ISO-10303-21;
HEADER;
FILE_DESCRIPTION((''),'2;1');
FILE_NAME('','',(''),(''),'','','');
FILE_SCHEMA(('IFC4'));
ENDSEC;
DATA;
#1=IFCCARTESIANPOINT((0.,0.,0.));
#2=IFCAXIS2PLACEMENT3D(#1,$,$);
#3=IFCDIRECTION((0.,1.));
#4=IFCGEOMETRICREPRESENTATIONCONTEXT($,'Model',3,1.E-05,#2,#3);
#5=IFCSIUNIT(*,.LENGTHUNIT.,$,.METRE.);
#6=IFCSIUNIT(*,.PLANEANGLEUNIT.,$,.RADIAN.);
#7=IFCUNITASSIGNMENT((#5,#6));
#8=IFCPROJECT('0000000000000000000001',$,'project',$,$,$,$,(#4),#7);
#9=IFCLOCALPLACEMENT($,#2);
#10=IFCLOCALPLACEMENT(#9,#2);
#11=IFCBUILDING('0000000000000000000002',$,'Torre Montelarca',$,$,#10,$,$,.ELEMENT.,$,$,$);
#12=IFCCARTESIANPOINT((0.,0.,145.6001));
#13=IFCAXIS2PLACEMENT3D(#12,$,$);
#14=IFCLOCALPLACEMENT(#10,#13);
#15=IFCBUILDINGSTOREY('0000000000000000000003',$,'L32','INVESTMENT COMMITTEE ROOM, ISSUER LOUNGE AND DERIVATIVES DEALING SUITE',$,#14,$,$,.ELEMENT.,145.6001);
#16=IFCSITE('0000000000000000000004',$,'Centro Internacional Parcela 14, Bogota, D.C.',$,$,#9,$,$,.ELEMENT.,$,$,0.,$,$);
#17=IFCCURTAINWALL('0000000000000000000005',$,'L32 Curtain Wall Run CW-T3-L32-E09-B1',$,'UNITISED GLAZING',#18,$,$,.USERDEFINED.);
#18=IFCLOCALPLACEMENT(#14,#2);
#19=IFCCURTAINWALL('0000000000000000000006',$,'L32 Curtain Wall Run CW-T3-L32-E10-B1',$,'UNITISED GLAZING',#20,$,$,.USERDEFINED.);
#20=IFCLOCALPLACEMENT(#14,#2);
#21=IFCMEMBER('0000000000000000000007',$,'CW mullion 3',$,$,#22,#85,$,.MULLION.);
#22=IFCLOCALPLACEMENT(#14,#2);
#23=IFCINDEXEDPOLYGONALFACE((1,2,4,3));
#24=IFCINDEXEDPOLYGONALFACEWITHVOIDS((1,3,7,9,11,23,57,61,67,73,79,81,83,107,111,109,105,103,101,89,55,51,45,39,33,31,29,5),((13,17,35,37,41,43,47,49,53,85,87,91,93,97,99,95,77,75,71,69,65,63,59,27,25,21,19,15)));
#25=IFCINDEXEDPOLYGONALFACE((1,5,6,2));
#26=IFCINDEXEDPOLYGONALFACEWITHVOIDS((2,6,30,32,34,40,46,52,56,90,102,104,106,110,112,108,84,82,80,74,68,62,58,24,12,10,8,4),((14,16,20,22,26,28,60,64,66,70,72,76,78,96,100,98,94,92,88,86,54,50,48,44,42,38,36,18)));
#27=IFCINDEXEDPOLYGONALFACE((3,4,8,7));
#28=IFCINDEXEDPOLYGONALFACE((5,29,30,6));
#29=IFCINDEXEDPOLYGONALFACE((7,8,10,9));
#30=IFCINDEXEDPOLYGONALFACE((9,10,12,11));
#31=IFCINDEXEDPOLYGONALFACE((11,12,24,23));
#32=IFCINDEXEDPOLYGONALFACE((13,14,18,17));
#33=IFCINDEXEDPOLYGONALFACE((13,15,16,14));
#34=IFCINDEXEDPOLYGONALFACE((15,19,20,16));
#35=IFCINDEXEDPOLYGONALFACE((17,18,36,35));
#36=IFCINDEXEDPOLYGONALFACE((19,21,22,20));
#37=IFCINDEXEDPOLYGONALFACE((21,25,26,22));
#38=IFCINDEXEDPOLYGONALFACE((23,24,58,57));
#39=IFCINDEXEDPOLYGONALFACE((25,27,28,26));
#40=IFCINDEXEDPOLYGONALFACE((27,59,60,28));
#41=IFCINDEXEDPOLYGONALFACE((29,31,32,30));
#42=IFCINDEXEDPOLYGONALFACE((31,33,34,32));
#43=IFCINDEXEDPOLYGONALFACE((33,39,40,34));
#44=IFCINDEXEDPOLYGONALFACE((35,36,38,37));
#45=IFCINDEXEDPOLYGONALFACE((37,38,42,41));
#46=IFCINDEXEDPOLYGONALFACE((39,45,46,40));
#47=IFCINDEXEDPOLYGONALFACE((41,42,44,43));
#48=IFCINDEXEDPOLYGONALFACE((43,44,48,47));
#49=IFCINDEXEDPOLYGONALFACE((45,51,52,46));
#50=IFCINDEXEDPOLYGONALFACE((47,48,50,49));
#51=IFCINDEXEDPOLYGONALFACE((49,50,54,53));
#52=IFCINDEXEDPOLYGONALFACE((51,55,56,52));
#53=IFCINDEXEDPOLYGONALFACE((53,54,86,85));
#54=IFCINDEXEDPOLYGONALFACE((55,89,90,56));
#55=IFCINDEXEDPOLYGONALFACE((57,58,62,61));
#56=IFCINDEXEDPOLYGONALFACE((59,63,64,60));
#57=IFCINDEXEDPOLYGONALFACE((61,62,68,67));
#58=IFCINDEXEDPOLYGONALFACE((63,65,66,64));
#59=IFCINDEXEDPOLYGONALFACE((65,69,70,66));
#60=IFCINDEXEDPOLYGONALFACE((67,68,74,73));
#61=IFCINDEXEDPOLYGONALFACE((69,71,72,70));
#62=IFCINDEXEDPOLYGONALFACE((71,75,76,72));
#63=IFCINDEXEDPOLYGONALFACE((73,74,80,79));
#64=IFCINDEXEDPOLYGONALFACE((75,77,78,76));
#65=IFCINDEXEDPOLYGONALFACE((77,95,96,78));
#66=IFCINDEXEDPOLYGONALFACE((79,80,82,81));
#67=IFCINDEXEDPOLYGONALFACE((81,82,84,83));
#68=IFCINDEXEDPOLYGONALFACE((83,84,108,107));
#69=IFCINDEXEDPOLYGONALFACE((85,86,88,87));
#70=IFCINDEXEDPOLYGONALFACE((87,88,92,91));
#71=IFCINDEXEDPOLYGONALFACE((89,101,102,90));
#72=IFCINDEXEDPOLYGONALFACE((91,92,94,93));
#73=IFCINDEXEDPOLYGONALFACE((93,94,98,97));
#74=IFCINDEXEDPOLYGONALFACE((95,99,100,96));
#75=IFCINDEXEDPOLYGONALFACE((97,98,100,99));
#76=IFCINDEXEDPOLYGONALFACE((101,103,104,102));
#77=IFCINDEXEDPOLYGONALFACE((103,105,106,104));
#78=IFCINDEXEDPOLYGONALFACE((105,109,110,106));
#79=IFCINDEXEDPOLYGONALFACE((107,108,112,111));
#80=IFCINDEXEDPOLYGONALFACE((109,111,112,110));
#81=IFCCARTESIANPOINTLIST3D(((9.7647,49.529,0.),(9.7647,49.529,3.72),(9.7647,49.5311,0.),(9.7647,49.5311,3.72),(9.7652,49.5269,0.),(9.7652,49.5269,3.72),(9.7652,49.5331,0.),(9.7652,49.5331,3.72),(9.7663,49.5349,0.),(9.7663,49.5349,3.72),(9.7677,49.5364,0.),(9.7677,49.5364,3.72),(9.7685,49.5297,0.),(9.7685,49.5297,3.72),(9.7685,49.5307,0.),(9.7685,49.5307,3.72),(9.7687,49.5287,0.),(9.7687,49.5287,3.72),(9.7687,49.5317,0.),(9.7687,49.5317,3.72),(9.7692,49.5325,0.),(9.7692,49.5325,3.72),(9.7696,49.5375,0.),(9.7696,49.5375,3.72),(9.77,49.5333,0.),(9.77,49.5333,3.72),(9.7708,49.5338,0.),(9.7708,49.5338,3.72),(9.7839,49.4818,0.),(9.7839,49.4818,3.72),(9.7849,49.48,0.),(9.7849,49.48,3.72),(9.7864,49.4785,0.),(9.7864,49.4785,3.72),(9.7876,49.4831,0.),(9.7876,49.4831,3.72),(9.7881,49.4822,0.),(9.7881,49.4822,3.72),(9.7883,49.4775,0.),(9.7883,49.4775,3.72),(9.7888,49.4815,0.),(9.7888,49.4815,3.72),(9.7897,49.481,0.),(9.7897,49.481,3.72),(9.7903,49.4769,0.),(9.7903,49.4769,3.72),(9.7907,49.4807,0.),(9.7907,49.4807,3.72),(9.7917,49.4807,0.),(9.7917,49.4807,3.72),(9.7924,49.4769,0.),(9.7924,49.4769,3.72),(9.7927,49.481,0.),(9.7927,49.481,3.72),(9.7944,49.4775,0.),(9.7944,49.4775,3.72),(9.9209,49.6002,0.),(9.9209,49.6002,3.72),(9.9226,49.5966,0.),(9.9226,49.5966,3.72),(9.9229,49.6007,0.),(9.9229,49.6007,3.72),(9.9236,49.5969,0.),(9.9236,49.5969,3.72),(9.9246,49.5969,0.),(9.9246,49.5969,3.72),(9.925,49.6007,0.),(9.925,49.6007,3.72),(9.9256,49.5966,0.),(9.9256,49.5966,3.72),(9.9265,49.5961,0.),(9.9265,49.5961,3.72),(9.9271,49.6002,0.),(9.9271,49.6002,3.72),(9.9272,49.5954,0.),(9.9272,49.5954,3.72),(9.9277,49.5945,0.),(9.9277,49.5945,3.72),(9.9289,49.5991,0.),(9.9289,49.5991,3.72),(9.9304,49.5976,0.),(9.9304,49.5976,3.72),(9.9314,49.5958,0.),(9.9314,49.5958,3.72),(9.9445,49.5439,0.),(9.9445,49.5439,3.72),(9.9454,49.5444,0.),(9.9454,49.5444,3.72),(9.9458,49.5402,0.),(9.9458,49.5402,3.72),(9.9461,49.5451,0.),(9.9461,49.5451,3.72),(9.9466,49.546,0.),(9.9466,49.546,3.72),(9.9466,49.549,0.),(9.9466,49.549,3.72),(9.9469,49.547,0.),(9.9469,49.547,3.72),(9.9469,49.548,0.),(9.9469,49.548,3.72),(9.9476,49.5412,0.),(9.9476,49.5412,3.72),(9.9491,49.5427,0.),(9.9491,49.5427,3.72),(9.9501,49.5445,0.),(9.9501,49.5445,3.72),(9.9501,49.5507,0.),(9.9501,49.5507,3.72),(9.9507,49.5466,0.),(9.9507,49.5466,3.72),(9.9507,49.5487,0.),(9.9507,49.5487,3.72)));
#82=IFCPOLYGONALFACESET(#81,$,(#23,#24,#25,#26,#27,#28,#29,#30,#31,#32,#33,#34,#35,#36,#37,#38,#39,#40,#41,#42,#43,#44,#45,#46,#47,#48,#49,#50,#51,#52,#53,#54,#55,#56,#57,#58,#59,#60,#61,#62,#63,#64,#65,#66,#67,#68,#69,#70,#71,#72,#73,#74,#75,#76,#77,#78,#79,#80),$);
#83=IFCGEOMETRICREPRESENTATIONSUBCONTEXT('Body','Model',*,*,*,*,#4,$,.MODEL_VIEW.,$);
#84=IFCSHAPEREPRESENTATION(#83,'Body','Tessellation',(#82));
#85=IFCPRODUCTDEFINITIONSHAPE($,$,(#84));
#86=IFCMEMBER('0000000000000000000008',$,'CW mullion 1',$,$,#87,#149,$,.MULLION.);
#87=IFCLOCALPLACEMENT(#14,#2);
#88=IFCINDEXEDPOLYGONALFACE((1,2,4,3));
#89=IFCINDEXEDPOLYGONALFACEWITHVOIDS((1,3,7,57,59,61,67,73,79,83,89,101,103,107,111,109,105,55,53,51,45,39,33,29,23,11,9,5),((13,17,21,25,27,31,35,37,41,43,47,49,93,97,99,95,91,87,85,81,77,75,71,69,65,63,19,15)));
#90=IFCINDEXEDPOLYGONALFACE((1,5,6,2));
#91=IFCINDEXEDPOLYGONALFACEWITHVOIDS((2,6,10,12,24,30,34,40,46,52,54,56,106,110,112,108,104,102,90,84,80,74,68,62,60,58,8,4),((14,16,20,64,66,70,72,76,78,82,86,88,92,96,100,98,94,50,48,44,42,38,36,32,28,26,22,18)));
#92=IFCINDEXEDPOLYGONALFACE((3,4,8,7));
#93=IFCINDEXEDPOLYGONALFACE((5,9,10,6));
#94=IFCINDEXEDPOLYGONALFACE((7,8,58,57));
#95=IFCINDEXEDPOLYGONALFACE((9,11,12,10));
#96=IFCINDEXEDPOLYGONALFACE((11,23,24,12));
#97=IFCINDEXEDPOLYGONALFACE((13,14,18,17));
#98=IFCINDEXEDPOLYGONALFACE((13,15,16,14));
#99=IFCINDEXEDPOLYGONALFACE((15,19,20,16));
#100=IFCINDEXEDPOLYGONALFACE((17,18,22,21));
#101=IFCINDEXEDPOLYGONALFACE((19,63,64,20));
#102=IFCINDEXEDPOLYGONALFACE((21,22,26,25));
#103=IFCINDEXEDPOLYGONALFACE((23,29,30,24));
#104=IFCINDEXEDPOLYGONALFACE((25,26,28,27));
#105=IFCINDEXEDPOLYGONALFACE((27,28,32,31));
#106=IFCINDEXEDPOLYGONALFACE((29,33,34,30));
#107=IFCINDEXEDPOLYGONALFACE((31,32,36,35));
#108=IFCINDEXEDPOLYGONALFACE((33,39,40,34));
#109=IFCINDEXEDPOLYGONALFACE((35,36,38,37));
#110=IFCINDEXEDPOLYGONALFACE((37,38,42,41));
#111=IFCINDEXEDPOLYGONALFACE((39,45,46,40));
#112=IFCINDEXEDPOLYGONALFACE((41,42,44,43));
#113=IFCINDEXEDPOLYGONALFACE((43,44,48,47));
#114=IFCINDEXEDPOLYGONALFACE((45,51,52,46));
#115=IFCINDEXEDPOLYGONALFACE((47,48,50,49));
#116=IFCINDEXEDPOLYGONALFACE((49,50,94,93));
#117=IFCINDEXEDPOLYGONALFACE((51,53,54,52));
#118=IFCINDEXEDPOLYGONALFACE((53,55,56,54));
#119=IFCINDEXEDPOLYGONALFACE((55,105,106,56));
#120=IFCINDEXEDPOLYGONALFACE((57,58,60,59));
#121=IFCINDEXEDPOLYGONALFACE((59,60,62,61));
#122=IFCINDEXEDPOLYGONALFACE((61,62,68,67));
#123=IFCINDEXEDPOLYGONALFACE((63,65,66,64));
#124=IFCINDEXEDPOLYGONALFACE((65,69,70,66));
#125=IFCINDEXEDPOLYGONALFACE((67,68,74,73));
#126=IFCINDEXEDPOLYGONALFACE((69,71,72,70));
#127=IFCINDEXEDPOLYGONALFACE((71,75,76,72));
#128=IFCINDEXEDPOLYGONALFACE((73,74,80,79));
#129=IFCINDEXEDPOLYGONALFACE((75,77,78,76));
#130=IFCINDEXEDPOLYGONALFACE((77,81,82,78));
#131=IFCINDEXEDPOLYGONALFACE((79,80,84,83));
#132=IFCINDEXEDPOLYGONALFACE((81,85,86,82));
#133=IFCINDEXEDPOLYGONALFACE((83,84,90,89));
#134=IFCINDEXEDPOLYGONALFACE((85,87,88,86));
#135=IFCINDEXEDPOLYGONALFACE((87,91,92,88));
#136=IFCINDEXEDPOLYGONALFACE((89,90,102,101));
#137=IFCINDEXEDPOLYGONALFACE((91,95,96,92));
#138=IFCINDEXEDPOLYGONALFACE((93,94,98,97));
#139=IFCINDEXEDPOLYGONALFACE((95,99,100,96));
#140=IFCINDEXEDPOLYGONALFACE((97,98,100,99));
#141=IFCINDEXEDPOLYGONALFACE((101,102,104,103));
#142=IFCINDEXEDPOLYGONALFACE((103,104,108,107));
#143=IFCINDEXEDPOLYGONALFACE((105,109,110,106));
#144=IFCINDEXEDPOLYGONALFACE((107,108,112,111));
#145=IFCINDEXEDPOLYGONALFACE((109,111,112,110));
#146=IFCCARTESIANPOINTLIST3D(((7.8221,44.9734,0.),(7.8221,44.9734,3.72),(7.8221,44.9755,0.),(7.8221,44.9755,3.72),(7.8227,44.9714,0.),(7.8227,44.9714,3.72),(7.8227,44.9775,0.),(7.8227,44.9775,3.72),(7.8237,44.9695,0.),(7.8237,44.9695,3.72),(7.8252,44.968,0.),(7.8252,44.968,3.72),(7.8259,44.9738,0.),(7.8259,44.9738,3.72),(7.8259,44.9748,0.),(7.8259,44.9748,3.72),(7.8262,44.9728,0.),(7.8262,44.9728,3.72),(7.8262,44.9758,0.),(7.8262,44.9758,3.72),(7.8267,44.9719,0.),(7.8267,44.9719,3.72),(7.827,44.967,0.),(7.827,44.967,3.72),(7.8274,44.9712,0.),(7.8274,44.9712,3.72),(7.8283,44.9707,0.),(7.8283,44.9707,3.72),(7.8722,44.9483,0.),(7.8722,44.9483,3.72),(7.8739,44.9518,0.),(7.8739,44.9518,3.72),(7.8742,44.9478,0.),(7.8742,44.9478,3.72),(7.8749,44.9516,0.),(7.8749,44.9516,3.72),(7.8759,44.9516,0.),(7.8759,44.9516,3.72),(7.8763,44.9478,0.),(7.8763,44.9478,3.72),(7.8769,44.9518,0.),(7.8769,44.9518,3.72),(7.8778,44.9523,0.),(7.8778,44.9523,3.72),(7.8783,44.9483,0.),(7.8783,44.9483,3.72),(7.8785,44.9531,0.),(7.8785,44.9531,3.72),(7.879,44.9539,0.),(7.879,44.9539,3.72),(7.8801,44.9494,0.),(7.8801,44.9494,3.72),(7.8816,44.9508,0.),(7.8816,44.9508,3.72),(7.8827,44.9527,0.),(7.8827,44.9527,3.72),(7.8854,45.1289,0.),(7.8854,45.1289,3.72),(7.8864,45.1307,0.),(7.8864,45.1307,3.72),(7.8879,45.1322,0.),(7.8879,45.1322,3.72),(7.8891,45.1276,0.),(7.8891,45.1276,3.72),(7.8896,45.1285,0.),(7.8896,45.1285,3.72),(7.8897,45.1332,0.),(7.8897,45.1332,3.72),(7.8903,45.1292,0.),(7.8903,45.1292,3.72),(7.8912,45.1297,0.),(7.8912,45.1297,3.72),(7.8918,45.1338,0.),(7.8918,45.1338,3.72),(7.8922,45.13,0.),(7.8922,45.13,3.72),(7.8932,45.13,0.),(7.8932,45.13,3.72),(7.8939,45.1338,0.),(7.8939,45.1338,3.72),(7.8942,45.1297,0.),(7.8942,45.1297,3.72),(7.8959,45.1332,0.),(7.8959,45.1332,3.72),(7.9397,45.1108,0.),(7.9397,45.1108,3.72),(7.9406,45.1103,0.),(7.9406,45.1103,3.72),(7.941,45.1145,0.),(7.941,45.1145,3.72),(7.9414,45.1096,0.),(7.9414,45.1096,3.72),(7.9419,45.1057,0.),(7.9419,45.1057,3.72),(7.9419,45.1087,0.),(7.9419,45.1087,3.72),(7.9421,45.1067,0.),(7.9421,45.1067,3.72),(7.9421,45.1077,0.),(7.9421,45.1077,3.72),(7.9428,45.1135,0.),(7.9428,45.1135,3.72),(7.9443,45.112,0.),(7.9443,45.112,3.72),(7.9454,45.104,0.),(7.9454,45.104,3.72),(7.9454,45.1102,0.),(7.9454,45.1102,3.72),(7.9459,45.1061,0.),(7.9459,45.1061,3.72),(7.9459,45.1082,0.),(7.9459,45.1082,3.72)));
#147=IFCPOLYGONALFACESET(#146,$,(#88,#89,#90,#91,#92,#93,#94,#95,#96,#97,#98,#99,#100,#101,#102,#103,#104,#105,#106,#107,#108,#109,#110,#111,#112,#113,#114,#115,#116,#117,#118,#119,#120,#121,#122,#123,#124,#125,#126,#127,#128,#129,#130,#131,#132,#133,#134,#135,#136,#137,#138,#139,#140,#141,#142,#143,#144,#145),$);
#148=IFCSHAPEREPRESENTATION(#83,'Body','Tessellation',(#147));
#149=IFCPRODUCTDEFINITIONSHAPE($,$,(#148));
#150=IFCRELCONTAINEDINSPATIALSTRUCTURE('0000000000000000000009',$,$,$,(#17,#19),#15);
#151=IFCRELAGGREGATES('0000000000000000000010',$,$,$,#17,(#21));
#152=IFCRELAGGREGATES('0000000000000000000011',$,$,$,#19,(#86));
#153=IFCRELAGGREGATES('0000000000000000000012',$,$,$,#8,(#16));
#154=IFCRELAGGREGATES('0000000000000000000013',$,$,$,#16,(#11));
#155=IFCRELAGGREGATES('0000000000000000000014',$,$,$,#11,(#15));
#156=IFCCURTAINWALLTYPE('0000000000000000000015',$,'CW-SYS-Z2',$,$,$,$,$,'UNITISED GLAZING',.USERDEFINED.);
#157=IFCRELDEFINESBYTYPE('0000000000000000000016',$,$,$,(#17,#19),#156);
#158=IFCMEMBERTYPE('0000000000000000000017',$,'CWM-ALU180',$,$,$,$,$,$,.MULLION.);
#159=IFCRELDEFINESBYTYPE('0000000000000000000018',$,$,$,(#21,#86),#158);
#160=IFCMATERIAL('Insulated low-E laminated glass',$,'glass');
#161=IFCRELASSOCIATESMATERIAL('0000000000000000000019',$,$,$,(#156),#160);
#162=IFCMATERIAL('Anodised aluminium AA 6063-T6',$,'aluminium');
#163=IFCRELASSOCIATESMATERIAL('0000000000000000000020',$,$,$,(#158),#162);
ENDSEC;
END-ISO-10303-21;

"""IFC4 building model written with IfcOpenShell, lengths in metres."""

from ifc_helpers import new_model, si_unit, direction, frame, origin, origin_2d, place, context, subcontext, project, spatial, hollow_rectangle, extrude, source, transform, mapped, material, material_profile, profile_set, type_object, element, aggregate, save


model = new_model("IFC4")

# Units and contexts
model_context = context("Model", 3, precision=1e-05, world=origin(), true_north=direction((0.0, 1.0)))
body_context = subcontext(model_context, "Body", "Model", "MODEL_VIEW")
ifc_project = project(units=[si_unit("LENGTHUNIT", "METRE"), si_unit("PLANEANGLEUNIT", "RADIAN")], contexts=[model_context])

# Site, building, storey
site_placement = place(None, origin())
site = spatial("IfcSite", under=ifc_project, at=site_placement, Name="Centro Internacional Parcela 14, Bogota, D.C.", CompositionType="ELEMENT", RefElevation=0.0)
building_placement = place(site_placement, origin())
building = spatial("IfcBuilding", under=site, at=building_placement, Name="Torre Montelarca", CompositionType="ELEMENT")
storey_placement = place(building_placement, frame((0.0, 0.0, 145.6001)))
storey = spatial("IfcBuildingStorey", under=building, at=storey_placement, Name="L32", Description="INVESTMENT COMMITTEE ROOM, ISSUER LOUNGE AND DERIVATIVES DEALING SUITE", CompositionType="ELEMENT", Elevation=145.6001)

# Curtain walls
ifc_material_1 = material(Name="Insulated low-E laminated glass", Category="glass")
curtain_wall_type = type_object("IfcCurtainWallType", Name="CW-SYS-Z2", ElementType="UNITISED GLAZING", PredefinedType="USERDEFINED", material=ifc_material_1)
curtain_wall_1_placement = place(storey_placement, origin())
curtain_wall_1 = element("IfcCurtainWall", 1, at=curtain_wall_1_placement, inside=storey, type_object=curtain_wall_type, Name="L32 Curtain Wall Run CW-T3-L32-E09-B1", ObjectType="UNITISED GLAZING", PredefinedType="USERDEFINED")
ifc_material_2 = material(Name="Anodised aluminium AA 6063-T6", Category="aluminium")
curtain_wall_2_placement = place(storey_placement, origin())
curtain_wall_2 = element("IfcCurtainWall", 2, at=curtain_wall_2_placement, inside=storey, type_object=curtain_wall_type, Name="L32 Curtain Wall Run CW-T3-L32-E10-B1", ObjectType="UNITISED GLAZING", PredefinedType="USERDEFINED")
ifc_material_profile_1 = material_profile(ifc_material_2, hollow_rectangle(XDim=0.0649, YDim=0.1799, WallThickness=0.0039, InnerFilletRadius=0.0039, OuterFilletRadius=0.0081, at=origin_2d()), Name="ALU65X180X4", Category="aluminium")
ifc_profile_set_1 = profile_set([ifc_material_profile_1], Name="Anodised aluminium AA 6063-T6")
member_type_1 = type_object("IfcMemberType", Name="CWM-ALU180", PredefinedType="MULLION", material=ifc_profile_set_1)
shared_shape_1 = source(origin(), body_context, "Body", "SweptSolid", [
    extrude(hollow_rectangle(XDim=0.0649, YDim=0.1799, WallThickness=0.0039, InnerFilletRadius=0.0039, OuterFilletRadius=0.0081, at=origin_2d()), origin(), (0.0, 0.0, 1.0), 3.72),
])

# Members
member_1_placement = place(storey_placement, frame((9.8577, 49.5388, 0.0), z_axis=(0.0, 0.0, 1.0), x_axis=(0.382676, -0.923883, 0.0)))
member_1 = element("IfcMember", 3, at=member_1_placement, type_object=member_type_1, Name="CW mullion 3", PredefinedType="MULLION", context=body_context, shape_type="MappedRepresentation", body=[
    mapped(shared_shape_1, transform((0.0, 0.0, 0.0), scale=1.0)),
])
member_2_placement = place(storey_placement, frame((7.884, 45.0408, 0.0), z_axis=(0.0, 0.0, 1.0), x_axis=(0.923876, -0.382692, 0.0)))
member_2 = element("IfcMember", 4, at=member_2_placement, type_object=member_type_1, Name="CW mullion 1", PredefinedType="MULLION", context=body_context, shape_type="MappedRepresentation", body=[
    mapped(shared_shape_1, transform((0.0, 0.0, 0.0), scale=1.0)),
])

aggregate(curtain_wall_1, [member_1])
aggregate(curtain_wall_2, [member_2])

save(model, "model.ifc")
